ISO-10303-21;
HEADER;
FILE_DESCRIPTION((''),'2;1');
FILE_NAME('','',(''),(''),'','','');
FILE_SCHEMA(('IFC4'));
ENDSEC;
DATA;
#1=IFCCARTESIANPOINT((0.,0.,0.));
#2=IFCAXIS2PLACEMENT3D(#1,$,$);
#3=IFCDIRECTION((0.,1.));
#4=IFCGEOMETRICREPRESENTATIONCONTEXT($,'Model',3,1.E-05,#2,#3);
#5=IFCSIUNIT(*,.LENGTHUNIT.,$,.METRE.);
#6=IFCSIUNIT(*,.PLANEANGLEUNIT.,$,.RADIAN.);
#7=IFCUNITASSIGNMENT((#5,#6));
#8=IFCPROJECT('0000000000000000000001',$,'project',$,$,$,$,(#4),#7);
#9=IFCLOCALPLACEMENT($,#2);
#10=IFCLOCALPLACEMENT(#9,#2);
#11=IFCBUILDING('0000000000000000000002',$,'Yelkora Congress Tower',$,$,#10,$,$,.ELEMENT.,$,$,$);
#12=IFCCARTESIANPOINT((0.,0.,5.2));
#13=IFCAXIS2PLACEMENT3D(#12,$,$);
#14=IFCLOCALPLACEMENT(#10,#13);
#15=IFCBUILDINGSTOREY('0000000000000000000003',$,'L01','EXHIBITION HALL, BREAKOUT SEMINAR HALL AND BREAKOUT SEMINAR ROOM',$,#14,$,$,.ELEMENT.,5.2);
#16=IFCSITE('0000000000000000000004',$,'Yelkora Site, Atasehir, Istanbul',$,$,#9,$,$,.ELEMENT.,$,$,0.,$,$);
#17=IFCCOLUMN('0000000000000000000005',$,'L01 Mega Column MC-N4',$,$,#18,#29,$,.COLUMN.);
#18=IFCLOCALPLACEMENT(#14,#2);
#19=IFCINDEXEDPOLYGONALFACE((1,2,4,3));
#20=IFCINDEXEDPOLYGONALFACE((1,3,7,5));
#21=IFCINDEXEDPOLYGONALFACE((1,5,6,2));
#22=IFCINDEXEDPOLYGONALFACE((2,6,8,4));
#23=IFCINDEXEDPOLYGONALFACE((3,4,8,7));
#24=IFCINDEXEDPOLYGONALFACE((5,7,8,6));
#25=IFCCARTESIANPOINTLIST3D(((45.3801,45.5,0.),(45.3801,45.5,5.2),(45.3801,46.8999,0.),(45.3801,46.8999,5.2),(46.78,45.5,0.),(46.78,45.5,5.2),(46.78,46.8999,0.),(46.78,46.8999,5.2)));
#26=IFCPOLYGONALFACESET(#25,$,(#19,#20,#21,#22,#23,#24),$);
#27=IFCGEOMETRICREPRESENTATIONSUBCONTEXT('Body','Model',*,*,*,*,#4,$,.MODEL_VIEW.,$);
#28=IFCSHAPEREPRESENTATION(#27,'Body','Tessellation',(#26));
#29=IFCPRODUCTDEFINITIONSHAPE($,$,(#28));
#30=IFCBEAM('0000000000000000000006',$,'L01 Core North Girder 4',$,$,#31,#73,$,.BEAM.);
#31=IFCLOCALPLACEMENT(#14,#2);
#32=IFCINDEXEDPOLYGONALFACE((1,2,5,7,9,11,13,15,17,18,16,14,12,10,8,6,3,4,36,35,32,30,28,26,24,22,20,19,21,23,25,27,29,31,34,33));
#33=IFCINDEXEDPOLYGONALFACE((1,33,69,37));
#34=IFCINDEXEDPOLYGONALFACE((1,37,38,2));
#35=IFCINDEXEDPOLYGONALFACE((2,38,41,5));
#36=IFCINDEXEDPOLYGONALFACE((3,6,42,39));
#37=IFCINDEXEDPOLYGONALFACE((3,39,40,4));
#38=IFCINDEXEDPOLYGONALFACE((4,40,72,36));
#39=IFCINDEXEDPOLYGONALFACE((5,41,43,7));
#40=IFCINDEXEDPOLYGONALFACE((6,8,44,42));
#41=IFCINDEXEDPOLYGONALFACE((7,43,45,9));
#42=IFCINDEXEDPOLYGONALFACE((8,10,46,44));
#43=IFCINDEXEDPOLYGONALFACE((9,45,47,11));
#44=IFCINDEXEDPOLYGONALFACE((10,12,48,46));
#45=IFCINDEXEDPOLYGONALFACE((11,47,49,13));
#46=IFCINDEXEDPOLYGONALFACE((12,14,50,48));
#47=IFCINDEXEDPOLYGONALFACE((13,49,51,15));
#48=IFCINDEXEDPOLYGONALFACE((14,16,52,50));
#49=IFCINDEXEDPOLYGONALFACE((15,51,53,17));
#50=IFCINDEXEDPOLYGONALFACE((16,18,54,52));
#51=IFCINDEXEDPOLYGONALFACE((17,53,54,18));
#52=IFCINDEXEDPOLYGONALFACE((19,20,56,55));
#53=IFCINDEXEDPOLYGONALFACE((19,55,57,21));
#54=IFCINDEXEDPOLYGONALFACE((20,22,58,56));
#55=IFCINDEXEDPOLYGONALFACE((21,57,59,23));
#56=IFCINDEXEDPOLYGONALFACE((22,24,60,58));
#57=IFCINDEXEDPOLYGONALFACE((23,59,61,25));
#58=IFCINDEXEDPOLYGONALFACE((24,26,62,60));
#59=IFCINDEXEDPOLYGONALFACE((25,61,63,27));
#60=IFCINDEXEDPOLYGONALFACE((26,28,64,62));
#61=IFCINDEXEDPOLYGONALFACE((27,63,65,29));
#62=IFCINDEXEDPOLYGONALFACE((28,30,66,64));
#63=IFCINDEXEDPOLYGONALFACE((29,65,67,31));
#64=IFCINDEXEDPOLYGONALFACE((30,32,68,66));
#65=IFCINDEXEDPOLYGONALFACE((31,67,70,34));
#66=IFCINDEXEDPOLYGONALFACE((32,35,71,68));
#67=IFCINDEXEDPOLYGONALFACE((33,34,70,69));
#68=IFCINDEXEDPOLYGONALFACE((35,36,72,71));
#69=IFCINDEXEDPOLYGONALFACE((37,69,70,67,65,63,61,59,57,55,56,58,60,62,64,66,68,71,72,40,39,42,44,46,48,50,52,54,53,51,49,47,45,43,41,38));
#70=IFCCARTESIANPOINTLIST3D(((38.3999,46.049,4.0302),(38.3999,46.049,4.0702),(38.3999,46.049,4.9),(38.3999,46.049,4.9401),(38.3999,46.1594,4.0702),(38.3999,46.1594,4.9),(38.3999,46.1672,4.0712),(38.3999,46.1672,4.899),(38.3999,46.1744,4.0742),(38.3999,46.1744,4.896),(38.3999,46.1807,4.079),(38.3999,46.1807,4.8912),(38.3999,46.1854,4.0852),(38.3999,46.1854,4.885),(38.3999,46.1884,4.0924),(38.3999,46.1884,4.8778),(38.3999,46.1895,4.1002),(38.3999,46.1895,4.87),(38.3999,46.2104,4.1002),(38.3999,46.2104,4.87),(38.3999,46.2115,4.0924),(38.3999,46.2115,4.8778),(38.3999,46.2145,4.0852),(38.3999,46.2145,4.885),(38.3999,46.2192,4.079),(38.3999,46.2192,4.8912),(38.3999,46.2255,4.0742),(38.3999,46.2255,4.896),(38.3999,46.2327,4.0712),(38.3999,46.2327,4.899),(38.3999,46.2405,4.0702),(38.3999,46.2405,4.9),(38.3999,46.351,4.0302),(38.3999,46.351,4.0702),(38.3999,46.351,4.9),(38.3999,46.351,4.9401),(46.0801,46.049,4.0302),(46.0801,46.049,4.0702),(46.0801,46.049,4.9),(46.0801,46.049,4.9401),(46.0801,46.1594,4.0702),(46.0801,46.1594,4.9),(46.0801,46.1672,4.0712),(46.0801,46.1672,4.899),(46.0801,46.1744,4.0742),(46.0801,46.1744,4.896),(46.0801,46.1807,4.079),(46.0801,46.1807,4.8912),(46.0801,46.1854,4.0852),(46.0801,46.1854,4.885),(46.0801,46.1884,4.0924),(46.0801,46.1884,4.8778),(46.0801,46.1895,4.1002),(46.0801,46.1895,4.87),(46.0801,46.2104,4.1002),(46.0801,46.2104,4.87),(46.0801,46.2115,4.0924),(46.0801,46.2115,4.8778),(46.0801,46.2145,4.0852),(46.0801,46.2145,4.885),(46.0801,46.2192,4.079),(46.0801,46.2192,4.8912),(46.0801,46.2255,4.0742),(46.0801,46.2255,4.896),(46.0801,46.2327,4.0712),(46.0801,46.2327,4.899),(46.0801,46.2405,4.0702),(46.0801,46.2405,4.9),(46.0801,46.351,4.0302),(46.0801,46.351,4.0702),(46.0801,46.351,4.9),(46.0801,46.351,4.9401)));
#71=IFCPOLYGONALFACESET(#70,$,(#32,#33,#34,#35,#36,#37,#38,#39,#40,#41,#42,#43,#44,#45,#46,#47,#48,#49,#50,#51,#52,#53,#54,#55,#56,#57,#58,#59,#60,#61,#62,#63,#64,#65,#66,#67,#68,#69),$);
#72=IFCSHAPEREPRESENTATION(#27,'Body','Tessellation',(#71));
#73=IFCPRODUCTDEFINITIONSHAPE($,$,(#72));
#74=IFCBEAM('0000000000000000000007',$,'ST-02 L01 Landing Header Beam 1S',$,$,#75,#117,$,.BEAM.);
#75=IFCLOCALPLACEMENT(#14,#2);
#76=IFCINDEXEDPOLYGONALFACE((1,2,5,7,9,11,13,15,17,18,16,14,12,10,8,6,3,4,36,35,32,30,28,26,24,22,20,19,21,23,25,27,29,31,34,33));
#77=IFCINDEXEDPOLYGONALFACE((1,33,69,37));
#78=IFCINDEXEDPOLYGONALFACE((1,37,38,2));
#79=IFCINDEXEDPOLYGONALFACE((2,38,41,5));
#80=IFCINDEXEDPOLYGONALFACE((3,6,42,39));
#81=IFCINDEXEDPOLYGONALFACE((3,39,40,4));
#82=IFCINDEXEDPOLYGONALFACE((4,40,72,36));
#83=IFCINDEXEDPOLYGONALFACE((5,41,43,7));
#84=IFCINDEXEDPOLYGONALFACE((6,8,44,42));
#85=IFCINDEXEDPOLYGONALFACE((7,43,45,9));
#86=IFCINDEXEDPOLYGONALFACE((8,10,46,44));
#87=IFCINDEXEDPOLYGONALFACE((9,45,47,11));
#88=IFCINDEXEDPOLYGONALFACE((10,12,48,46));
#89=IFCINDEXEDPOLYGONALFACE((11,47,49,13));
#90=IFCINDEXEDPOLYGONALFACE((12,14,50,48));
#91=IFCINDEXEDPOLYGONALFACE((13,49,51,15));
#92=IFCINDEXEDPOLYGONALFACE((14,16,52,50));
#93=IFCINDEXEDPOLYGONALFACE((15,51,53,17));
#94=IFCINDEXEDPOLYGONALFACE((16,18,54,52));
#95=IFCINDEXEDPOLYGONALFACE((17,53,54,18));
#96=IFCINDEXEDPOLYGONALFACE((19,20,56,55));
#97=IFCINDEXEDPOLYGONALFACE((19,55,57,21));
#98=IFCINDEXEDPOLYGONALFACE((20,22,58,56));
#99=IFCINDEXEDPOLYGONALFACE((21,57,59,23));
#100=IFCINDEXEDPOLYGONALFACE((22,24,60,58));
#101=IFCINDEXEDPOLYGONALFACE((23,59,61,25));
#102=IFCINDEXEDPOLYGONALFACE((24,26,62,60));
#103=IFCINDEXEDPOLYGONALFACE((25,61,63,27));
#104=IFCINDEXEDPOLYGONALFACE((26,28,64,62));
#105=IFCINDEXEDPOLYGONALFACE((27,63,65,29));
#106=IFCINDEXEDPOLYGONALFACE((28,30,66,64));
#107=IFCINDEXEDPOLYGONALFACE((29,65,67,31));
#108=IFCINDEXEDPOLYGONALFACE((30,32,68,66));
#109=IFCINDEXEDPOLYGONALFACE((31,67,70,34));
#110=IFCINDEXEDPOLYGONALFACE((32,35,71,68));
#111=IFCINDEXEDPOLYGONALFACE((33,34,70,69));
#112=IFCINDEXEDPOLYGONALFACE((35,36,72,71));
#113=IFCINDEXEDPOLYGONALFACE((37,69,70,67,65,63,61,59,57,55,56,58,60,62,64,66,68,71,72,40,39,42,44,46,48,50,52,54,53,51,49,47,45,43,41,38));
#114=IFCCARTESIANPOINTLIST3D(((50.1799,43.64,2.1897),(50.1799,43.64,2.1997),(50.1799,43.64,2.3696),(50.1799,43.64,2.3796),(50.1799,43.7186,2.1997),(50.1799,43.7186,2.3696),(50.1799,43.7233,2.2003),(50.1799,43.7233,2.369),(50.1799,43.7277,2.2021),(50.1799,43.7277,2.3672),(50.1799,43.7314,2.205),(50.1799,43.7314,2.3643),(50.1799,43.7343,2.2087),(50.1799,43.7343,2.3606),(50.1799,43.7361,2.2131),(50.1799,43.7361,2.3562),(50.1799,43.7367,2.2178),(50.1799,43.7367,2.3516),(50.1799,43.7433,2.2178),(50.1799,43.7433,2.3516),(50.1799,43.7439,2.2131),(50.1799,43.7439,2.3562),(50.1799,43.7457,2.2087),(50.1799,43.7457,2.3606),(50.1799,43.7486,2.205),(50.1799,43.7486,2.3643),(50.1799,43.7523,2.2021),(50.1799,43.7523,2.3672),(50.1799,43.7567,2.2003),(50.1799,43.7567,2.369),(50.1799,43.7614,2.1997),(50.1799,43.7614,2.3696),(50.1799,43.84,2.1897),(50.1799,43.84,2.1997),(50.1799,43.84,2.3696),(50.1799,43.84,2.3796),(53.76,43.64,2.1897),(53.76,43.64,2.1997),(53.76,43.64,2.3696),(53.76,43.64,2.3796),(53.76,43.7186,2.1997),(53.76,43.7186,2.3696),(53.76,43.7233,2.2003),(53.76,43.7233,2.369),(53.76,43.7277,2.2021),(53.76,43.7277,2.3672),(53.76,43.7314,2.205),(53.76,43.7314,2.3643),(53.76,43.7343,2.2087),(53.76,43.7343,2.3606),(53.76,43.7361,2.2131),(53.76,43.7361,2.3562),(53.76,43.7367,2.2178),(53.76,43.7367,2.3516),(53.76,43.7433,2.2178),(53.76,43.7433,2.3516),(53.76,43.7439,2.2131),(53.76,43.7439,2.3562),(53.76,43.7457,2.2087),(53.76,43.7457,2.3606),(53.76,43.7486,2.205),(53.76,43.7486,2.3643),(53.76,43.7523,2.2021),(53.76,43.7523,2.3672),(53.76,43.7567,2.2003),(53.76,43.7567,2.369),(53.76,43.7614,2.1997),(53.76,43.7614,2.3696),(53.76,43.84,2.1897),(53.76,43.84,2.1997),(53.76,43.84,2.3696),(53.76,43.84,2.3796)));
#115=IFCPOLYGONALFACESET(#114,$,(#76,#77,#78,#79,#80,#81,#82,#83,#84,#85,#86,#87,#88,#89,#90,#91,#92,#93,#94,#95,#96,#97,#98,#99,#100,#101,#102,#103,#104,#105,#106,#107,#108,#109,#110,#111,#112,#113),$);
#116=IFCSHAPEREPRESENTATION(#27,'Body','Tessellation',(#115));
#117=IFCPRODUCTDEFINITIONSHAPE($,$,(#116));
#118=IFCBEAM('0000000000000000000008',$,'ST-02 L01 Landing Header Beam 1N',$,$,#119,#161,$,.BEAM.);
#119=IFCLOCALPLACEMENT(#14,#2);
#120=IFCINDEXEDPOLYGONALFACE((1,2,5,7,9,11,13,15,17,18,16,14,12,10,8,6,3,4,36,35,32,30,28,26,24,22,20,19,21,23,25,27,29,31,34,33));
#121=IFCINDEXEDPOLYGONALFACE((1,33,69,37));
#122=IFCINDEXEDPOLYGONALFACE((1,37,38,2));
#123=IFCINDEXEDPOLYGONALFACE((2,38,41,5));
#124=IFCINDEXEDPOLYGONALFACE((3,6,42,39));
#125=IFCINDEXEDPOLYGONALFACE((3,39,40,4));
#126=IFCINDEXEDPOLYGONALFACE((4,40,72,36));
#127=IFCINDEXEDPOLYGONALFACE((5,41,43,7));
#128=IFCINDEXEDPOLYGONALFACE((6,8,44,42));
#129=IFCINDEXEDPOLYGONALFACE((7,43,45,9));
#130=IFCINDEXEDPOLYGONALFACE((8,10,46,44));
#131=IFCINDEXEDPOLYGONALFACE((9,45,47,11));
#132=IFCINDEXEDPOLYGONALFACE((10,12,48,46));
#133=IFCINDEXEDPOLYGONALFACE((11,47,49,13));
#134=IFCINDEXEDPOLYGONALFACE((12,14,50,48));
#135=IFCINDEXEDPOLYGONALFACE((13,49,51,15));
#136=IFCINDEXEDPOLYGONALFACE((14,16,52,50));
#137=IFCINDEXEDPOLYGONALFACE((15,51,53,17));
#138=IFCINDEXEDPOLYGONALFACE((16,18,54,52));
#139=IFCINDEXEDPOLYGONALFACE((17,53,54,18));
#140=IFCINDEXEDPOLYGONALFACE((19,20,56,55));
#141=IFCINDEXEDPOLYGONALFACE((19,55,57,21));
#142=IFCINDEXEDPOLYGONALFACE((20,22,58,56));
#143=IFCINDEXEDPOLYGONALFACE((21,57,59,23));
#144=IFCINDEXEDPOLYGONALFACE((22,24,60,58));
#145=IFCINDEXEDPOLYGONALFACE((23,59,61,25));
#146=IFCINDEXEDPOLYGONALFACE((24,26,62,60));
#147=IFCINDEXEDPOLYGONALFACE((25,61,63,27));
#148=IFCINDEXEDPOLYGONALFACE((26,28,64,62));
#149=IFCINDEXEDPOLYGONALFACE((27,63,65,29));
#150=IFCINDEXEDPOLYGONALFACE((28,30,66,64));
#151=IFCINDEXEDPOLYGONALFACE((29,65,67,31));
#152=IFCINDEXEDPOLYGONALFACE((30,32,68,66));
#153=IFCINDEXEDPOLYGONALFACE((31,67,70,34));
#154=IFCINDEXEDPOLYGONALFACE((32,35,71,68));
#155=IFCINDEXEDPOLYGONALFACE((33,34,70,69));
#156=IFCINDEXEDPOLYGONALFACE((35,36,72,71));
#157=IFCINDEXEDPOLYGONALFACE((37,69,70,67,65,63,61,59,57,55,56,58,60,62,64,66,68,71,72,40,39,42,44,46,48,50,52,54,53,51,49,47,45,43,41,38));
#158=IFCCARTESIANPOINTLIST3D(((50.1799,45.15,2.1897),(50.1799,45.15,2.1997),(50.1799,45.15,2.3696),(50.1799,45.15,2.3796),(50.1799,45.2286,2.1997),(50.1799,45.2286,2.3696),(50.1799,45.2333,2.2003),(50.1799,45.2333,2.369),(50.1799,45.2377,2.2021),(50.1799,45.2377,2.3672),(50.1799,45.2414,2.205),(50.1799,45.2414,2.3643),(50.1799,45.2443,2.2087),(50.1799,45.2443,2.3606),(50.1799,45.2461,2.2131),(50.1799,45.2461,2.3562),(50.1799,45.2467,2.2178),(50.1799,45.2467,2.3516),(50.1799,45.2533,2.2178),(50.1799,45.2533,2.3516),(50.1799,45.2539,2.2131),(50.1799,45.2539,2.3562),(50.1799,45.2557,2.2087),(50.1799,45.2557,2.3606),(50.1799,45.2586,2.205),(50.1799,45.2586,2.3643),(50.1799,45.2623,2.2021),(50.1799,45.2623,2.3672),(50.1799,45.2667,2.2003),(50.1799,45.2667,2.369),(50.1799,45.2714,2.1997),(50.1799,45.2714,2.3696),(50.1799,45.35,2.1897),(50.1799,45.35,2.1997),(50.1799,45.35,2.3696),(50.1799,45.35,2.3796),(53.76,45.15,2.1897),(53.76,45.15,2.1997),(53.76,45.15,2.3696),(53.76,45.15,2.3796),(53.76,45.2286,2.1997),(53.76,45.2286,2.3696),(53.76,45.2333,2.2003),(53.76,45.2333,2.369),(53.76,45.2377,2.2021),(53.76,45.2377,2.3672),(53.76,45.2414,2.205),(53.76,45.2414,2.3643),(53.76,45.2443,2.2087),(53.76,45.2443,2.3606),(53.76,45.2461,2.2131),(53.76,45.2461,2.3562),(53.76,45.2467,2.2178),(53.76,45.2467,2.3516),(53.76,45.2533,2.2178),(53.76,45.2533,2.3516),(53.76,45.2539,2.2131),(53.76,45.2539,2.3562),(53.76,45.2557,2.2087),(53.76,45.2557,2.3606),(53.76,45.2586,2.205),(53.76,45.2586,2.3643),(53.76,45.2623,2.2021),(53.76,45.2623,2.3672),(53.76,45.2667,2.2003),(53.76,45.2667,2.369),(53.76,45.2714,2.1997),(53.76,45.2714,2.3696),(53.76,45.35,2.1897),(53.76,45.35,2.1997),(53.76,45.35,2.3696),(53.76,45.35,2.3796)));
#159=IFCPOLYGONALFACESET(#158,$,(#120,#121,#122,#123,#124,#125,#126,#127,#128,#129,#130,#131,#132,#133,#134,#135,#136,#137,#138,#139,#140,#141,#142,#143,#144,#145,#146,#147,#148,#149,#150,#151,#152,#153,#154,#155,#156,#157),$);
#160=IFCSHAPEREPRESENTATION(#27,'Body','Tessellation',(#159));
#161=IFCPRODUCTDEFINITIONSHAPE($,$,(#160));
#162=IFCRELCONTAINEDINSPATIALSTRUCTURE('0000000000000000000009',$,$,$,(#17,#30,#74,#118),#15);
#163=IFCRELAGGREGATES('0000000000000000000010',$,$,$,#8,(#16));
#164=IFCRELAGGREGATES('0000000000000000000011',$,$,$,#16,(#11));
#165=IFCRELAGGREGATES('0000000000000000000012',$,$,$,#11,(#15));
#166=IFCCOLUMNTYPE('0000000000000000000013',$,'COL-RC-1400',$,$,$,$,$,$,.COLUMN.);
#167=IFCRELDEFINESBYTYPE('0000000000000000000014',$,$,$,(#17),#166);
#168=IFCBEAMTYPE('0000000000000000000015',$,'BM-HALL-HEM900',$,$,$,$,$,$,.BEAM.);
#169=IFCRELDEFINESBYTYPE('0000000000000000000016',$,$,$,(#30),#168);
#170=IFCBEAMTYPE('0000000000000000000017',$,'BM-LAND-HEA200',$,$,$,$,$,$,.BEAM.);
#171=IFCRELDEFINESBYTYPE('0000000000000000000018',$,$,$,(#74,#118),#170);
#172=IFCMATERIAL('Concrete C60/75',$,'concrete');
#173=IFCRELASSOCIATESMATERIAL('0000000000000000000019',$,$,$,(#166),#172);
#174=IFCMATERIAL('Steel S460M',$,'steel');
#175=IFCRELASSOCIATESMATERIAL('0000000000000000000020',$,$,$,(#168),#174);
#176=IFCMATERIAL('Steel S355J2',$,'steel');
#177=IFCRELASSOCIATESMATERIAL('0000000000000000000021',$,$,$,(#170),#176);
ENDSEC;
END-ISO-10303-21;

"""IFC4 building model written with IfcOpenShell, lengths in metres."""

from ifc_helpers import new_model, si_unit, direction, frame, origin, origin_2d, place, context, subcontext, project, spatial, rectangle, i_section, extrude, material, material_profile, profile_set, type_object, element, save


model = new_model("IFC4")

# Units and contexts
model_context = context("Model", 3, precision=1e-05, world=origin(), true_north=direction((0.0, 1.0)))
body_context = subcontext(model_context, "Body", "Model", "MODEL_VIEW")
ifc_project = project(units=[si_unit("LENGTHUNIT", "METRE"), si_unit("PLANEANGLEUNIT", "RADIAN")], contexts=[model_context])

# Site, building, storey
site_placement = place(None, origin())
site = spatial("IfcSite", under=ifc_project, at=site_placement, Name="Yelkora Site, Atasehir, Istanbul", CompositionType="ELEMENT", RefElevation=0.0)
building_placement = place(site_placement, origin())
building = spatial("IfcBuilding", under=site, at=building_placement, Name="Yelkora Congress Tower", CompositionType="ELEMENT")
storey_placement = place(building_placement, frame((0.0, 0.0, 5.2)))
storey = spatial("IfcBuildingStorey", under=building, at=storey_placement, Name="L01", Description="EXHIBITION HALL, BREAKOUT SEMINAR HALL AND BREAKOUT SEMINAR ROOM", CompositionType="ELEMENT", Elevation=5.2)

# Column
ifc_material_1 = material(Name="Concrete C60/75", Category="concrete")
ifc_material_profile_1 = material_profile(ifc_material_1, rectangle(XDim=1.3999, YDim=1.3999, at=origin_2d()), Name="RC 1400x1400")
ifc_profile_set_1 = profile_set([ifc_material_profile_1], Name="Concrete C60/75")
column_type = type_object("IfcColumnType", Name="COL-RC-1400", PredefinedType="COLUMN", material=ifc_profile_set_1)
column_placement = place(storey_placement, frame((46.0801, 46.2, 0.0), z_axis=(0.0, 0.0, 1.0), x_axis=(1.0, 0.0, 0.0)))
element("IfcColumn", 1, at=column_placement, inside=storey, type_object=column_type, Name="L01 Mega Column MC-N4", PredefinedType="COLUMN", context=body_context, shape_type="SweptSolid", body=[
    extrude(rectangle(XDim=1.3999, YDim=1.3999, at=origin_2d()), origin(), (0.0, 0.0, 1.0), 5.2),
])

# Beams
ifc_material_2 = material(Name="Steel S460M", Category="steel")
ifc_material_profile_2 = material_profile(ifc_material_2, i_section(OverallWidth=0.302, OverallDepth=0.9099, WebThickness=0.021, FlangeThickness=0.04, FilletRadius=0.03, at=origin_2d()), Name="HEM 900")
ifc_profile_set_2 = profile_set([ifc_material_profile_2], Name="Steel S460M")
beam_type_1 = type_object("IfcBeamType", Name="BM-HALL-HEM900", PredefinedType="BEAM", material=ifc_profile_set_2)
beam_1_placement = place(storey_placement, frame((38.3999, 46.2, 4.4851), z_axis=(1.0, 0.0, 0.0), x_axis=(0.0, 1.0, 0.0)))
element("IfcBeam", 2, at=beam_1_placement, inside=storey, type_object=beam_type_1, Name="L01 Core North Girder 4", PredefinedType="BEAM", context=body_context, shape_type="SweptSolid", body=[
    extrude(i_section(OverallWidth=0.302, OverallDepth=0.9099, WebThickness=0.021, FlangeThickness=0.04, FilletRadius=0.03, at=origin_2d()), origin(), (0.0, 0.0, 1.0), 7.6802),
])
ifc_material_3 = material(Name="Steel S355J2", Category="steel")
ifc_material_profile_3 = material_profile(ifc_material_3, i_section(OverallWidth=0.2, OverallDepth=0.1899, WebThickness=0.0066, FlangeThickness=0.01, FilletRadius=0.0181, at=origin_2d()), Name="HEA 200")
ifc_profile_set_3 = profile_set([ifc_material_profile_3], Name="Steel S355J2")
beam_type_2 = type_object("IfcBeamType", Name="BM-LAND-HEA200", PredefinedType="BEAM", material=ifc_profile_set_3)
for number, where, z_axis, x_axis, name in (
    (3, (50.1799, 43.74, 2.2847), (1.0, 0.0, 0.0), (0.0, 1.0, 0.0), "ST-02 L01 Landing Header Beam 1S"),
    (4, (50.1799, 45.25, 2.2847), (1.0, 0.0, 0.0), (0.0, 1.0, 0.0), "ST-02 L01 Landing Header Beam 1N"),
):
    element("IfcBeam", number, at=place(storey_placement, frame(where, z_axis=z_axis, x_axis=x_axis)), inside=storey, type_object=beam_type_2, Name=name, PredefinedType="BEAM", context=body_context, shape_type="SweptSolid", body=[
        extrude(i_section(OverallWidth=0.2, OverallDepth=0.1899, WebThickness=0.0066, FlangeThickness=0.01, FilletRadius=0.0181, at=origin_2d()), origin(), (0.0, 0.0, 1.0), 3.5801),
    ])

save(model, "model.ifc")
